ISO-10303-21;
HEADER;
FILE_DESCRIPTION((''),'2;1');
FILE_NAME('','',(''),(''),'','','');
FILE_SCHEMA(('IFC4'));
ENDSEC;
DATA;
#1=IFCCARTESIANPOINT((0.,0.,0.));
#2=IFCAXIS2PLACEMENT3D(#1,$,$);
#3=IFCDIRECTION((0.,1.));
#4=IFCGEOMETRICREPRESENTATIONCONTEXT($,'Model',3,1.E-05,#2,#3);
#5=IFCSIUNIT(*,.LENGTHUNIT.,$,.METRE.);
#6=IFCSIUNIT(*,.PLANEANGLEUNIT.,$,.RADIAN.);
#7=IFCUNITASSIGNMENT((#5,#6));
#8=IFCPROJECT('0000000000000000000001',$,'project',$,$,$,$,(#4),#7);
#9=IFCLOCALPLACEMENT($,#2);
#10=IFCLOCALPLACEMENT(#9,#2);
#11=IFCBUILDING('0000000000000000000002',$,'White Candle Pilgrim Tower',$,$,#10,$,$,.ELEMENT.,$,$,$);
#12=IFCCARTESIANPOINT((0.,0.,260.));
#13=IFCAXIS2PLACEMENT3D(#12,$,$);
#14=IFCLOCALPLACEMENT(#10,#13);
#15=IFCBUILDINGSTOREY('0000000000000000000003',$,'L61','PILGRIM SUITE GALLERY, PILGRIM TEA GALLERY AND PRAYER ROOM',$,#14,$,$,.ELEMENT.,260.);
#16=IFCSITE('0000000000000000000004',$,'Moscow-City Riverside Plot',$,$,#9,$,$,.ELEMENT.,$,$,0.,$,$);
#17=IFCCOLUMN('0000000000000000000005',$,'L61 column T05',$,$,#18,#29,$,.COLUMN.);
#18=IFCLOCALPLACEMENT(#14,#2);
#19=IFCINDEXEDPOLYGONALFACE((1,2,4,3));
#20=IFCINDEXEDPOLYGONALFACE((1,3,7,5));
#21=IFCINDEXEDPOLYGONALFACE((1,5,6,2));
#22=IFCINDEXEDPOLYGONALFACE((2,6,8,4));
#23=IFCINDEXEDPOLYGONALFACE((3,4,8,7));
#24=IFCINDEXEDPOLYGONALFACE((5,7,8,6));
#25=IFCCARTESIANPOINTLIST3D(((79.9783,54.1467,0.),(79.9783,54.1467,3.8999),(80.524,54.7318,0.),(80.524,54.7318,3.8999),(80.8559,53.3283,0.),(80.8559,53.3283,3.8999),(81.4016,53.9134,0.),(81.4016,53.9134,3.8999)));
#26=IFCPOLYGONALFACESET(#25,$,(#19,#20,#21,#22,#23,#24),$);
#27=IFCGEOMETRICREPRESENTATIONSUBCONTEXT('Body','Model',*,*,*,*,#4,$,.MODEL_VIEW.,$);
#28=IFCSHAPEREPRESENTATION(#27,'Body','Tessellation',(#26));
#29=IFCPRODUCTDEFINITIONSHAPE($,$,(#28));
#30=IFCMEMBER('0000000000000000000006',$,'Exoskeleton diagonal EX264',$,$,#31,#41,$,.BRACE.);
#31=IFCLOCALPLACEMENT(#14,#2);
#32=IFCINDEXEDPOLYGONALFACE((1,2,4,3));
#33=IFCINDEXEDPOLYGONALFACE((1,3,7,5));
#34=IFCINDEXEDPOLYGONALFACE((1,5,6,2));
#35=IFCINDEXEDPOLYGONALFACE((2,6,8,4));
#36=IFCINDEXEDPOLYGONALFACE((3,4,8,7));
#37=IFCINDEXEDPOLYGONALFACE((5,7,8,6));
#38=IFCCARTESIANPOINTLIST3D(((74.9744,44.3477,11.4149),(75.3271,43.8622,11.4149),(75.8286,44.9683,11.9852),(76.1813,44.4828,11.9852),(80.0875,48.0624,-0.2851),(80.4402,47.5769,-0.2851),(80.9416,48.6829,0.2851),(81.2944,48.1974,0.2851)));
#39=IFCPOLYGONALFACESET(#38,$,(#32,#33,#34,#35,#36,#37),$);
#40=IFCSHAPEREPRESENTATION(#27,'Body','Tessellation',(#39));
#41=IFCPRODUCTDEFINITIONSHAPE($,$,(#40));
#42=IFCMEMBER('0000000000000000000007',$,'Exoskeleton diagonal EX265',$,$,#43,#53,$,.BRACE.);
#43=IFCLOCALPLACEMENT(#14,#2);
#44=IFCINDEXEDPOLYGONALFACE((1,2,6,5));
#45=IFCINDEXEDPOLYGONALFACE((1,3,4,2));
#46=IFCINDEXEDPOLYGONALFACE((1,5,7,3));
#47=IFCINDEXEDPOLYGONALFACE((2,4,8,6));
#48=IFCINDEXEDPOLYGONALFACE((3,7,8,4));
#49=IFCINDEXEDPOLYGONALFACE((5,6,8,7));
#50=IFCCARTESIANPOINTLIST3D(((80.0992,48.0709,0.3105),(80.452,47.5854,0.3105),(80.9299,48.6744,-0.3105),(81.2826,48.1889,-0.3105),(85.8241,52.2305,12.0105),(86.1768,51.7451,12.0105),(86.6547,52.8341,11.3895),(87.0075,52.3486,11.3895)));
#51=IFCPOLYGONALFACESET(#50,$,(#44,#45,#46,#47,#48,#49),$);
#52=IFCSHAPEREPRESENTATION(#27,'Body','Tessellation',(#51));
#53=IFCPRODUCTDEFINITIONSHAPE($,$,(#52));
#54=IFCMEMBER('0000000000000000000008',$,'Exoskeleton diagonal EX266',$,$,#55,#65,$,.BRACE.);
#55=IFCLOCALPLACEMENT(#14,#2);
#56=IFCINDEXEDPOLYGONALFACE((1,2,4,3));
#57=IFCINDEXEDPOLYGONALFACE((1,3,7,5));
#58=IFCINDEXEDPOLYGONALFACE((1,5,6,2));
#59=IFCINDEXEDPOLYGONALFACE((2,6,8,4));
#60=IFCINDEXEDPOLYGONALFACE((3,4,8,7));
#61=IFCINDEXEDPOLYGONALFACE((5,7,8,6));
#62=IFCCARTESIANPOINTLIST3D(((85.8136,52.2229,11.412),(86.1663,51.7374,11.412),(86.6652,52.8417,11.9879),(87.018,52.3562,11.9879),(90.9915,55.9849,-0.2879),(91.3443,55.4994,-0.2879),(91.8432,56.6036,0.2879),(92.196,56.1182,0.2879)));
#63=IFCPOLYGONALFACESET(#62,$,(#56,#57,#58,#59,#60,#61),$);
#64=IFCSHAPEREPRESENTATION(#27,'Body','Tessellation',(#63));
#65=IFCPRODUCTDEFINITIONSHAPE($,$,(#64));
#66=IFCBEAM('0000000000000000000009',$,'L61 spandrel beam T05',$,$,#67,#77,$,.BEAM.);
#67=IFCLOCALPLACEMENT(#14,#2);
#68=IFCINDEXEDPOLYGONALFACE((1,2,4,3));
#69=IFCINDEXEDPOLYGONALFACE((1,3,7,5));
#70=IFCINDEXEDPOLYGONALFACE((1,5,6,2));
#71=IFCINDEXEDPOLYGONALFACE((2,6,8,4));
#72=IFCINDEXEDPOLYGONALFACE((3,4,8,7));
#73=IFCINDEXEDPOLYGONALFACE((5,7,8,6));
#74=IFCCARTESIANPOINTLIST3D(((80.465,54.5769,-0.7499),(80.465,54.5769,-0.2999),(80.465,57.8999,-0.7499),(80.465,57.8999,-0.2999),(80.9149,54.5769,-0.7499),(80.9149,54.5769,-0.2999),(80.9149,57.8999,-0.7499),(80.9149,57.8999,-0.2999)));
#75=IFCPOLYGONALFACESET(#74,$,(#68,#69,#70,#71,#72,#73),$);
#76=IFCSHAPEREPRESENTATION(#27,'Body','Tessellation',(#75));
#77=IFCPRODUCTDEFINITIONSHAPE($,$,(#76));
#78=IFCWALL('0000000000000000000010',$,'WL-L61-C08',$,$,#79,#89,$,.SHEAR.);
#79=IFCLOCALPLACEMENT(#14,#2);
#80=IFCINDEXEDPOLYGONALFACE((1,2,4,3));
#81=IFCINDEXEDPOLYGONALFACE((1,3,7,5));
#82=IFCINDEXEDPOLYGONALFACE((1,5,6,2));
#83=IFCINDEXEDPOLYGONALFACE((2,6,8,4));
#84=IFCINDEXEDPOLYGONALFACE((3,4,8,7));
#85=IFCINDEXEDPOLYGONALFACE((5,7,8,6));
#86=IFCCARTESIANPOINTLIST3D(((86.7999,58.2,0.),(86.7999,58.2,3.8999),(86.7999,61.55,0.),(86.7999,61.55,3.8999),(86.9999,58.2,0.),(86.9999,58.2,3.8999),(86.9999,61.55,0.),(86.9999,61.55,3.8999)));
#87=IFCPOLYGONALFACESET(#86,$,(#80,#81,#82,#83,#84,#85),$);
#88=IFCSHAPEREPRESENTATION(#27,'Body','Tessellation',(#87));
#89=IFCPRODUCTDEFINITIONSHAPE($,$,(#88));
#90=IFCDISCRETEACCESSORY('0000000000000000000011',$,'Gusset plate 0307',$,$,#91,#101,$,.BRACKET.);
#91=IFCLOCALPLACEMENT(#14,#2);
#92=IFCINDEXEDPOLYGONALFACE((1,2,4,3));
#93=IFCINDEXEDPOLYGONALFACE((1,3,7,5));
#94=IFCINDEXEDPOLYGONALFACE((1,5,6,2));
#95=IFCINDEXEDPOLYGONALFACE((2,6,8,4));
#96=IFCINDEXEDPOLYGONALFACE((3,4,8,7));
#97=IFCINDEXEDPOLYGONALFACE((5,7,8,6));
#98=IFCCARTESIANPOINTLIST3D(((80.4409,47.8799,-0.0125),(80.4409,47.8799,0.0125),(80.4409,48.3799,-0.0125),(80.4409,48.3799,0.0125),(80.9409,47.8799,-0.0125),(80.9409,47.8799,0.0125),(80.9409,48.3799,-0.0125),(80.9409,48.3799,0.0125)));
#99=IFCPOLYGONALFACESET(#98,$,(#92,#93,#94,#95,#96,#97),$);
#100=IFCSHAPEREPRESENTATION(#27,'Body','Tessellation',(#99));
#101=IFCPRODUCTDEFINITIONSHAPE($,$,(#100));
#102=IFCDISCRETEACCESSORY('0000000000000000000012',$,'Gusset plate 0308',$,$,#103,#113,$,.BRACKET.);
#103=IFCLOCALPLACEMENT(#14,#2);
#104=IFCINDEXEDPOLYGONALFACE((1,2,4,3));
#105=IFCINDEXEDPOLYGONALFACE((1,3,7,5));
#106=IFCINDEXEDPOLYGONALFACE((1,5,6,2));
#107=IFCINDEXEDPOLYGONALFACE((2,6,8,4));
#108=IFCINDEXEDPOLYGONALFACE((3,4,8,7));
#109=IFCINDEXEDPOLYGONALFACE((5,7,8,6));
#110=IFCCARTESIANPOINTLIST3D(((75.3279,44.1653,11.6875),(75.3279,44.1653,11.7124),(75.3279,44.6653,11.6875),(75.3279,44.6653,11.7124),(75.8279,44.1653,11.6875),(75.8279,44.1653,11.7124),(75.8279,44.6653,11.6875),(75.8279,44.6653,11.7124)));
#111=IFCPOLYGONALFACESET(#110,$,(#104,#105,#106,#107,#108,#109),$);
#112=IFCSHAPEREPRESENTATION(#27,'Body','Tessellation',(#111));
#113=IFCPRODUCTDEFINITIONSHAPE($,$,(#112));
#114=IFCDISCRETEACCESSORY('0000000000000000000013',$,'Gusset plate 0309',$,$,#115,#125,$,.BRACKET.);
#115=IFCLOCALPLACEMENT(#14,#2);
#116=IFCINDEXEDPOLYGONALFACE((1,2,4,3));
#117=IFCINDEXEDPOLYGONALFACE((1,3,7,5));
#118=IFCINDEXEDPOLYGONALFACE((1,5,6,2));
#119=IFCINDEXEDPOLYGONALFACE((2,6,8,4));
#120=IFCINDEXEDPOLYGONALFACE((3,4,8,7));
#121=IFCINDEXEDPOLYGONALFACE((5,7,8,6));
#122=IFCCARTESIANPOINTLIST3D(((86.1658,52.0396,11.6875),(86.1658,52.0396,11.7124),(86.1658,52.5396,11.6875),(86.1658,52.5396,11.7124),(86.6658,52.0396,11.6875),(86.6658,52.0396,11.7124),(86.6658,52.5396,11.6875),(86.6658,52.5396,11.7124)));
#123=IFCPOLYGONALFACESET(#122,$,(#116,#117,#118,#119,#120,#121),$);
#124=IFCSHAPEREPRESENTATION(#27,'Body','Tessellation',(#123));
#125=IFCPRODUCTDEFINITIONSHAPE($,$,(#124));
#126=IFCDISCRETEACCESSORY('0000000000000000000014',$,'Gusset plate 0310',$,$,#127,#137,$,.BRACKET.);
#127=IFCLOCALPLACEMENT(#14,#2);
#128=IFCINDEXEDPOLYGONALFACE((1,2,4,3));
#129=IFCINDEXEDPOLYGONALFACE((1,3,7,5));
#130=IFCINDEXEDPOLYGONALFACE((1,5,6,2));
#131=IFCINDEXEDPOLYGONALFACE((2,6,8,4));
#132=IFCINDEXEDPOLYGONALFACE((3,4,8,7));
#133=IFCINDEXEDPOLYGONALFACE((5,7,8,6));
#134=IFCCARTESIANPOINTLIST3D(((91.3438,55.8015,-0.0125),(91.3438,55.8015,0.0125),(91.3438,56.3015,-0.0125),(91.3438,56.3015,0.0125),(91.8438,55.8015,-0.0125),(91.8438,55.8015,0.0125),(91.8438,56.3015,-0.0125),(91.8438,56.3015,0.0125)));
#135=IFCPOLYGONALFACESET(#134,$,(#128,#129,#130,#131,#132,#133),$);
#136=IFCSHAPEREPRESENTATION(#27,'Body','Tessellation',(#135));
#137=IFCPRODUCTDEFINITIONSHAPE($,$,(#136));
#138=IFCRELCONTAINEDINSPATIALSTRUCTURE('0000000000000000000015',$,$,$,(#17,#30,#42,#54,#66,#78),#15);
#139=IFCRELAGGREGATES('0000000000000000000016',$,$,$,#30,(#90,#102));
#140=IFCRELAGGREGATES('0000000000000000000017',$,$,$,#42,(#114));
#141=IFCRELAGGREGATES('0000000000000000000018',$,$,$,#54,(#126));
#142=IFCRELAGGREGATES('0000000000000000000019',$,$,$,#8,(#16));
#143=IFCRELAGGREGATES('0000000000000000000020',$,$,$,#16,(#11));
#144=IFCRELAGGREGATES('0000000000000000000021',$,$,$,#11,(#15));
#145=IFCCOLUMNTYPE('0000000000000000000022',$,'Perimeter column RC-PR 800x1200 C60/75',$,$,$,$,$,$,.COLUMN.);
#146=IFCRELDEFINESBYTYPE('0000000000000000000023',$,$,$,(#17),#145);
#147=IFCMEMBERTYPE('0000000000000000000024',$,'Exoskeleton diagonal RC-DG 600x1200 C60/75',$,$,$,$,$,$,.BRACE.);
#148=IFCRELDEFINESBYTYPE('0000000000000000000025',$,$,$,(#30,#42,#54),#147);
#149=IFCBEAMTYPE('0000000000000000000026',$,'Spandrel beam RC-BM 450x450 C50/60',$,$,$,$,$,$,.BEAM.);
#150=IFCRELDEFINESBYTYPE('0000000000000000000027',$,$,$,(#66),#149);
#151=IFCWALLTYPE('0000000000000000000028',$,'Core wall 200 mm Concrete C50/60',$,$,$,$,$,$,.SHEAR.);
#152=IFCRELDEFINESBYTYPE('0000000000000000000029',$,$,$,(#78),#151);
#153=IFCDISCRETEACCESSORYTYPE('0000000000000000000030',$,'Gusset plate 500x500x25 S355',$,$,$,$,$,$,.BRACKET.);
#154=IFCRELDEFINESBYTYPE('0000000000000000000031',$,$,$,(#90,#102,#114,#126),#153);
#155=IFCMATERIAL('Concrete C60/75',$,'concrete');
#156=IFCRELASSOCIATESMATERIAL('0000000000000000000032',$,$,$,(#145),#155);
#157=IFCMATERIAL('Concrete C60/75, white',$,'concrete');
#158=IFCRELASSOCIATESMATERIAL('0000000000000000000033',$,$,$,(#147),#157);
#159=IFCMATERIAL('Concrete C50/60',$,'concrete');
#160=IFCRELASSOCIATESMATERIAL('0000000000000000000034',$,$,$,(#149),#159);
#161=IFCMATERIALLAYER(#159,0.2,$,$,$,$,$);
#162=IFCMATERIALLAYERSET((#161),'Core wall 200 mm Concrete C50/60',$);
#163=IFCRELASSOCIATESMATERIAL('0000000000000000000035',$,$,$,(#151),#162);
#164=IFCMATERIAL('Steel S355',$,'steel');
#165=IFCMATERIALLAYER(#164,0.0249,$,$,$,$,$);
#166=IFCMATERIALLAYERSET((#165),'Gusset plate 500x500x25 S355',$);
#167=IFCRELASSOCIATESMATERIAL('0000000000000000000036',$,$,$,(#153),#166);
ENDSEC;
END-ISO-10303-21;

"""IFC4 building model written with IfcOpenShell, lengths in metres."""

from ifc_helpers import new_model, si_unit, direction, frame, frame_2d, origin, origin_2d, place, context, subcontext, project, spatial, rectangle, extrude, material, layer, layer_set, material_profile, profile_set, type_object, element, aggregate, save


model = new_model("IFC4")

# Units and contexts
model_context = context("Model", 3, precision=1e-05, world=origin(), true_north=direction((0.0, 1.0)))
body_context = subcontext(model_context, "Body", "Model", "MODEL_VIEW")
ifc_project = project(units=[si_unit("LENGTHUNIT", "METRE"), si_unit("PLANEANGLEUNIT", "RADIAN")], contexts=[model_context])

# Site, building, storey
site_placement = place(None, origin())
site = spatial("IfcSite", under=ifc_project, at=site_placement, Name="Moscow-City Riverside Plot", CompositionType="ELEMENT", RefElevation=0.0)
building_placement = place(site_placement, origin())
building = spatial("IfcBuilding", under=site, at=building_placement, Name="White Candle Pilgrim Tower", CompositionType="ELEMENT")
storey_placement = place(building_placement, frame((0.0, 0.0, 260.0)))
storey = spatial("IfcBuildingStorey", under=building, at=storey_placement, Name="L61", Description="PILGRIM SUITE GALLERY, PILGRIM TEA GALLERY AND PRAYER ROOM", CompositionType="ELEMENT", Elevation=260.0)

# Column
ifc_material_1 = material(Name="Concrete C60/75", Category="concrete")
ifc_material_profile_1 = material_profile(ifc_material_1, rectangle(XDim=0.8, YDim=1.2, at=origin_2d()), Name="RC-PR 800x1200")
ifc_profile_set_1 = profile_set([ifc_material_profile_1], Name="Concrete C60/75")
column_type = type_object("IfcColumnType", Name="Perimeter column RC-PR 800x1200 C60/75", PredefinedType="COLUMN", material=ifc_profile_set_1)
column_placement = place(storey_placement, frame((80.6899, 54.03, 0.0), z_axis=(0.0, 0.0, 1.0), x_axis=(-0.681998, -0.731354, 0.0)))
element("IfcColumn", 1, at=column_placement, inside=storey, type_object=column_type, Name="L61 column T05", PredefinedType="COLUMN", context=body_context, shape_type="SweptSolid", body=[
    extrude(rectangle(XDim=0.8, YDim=1.2, at=origin_2d()), origin(), (0.0, 0.0, 1.0), 3.8999),
])

# Members
ifc_material_2 = material(Name="Concrete C60/75, white", Category="concrete")
ifc_material_profile_2 = material_profile(ifc_material_2, rectangle(XDim=0.6001, YDim=1.2, at=origin_2d()), Name="RC-DG 600x1200")
ifc_profile_set_2 = profile_set([ifc_material_profile_2], Name="Concrete C60/75, white")
member_type = type_object("IfcMemberType", Name="Exoskeleton diagonal RC-DG 600x1200 C60/75", PredefinedType="BRACE", material=ifc_profile_set_2)
member_1_placement = place(storey_placement, frame((80.6909, 48.1299, 0.0), z_axis=(-0.384504, -0.27934, 0.879844), x_axis=(0.58776, -0.809035, 0.0)))
member_1 = element("IfcMember", 2, at=member_1_placement, inside=storey, type_object=member_type, Name="Exoskeleton diagonal EX264", PredefinedType="BRACE", context=body_context, shape_type="SweptSolid", body=[
    extrude(rectangle(XDim=0.6001, YDim=1.2, at=origin_2d()), origin(), (0.0, 0.0, 1.0), 13.2979),
])
member_2_placement = place(storey_placement, frame((80.6909, 48.1299, 0.0), z_axis=(0.418681, 0.304213, 0.855664), x_axis=(-0.587815, 0.808996, 0.0)))
member_2 = element("IfcMember", 3, at=member_2_placement, inside=storey, type_object=member_type, Name="Exoskeleton diagonal EX265", PredefinedType="BRACE", context=body_context, shape_type="SweptSolid", body=[
    extrude(rectangle(XDim=0.6001, YDim=1.2, at=origin_2d()), origin(), (0.0, 0.0, 1.0), 13.6736),
])
member_3_placement = place(storey_placement, frame((91.5938, 56.0515, 0.0), z_axis=(-0.388267, -0.282088, 0.877312), x_axis=(0.587779, -0.809021, 0.0)))
member_3 = element("IfcMember", 4, at=member_3_placement, inside=storey, type_object=member_type, Name="Exoskeleton diagonal EX266", PredefinedType="BRACE", context=body_context, shape_type="SweptSolid", body=[
    extrude(rectangle(XDim=0.6001, YDim=1.2, at=origin_2d()), origin(), (0.0, 0.0, 1.0), 13.3362),
])

# Beam
ifc_material_3 = material(Name="Concrete C50/60", Category="concrete")
ifc_material_profile_3 = material_profile(ifc_material_3, rectangle(XDim=0.45, YDim=0.45, at=origin_2d()), Name="RC-BM 450x450")
ifc_profile_set_3 = profile_set([ifc_material_profile_3], Name="Concrete C50/60")
beam_type = type_object("IfcBeamType", Name="Spandrel beam RC-BM 450x450 C50/60", PredefinedType="BEAM", material=ifc_profile_set_3)
beam_placement = place(storey_placement, frame((80.6899, 54.5769, -0.5249), z_axis=(0.0, 1.0, 0.0), x_axis=(-1.0, 0.0, 0.0)))
element("IfcBeam", 5, at=beam_placement, inside=storey, type_object=beam_type, Name="L61 spandrel beam T05", PredefinedType="BEAM", context=body_context, shape_type="SweptSolid", body=[
    extrude(rectangle(XDim=0.45, YDim=0.45, at=origin_2d()), origin(), (0.0, 0.0, 1.0), 3.323),
])

# Wall
ifc_layer_1 = layer(ifc_material_3, 0.2)
ifc_layer_set_1 = layer_set([ifc_layer_1], Name="Core wall 200 mm Concrete C50/60")
wall_type_1 = type_object("IfcWallType", Name="Core wall 200 mm Concrete C50/60", PredefinedType="SHEAR", material=ifc_layer_set_1)
wall_1_placement = place(storey_placement, frame((86.8999, 58.2, 0.0), z_axis=(0.0, 0.0, 1.0), x_axis=(0.0, 1.0, 0.0)))
element("IfcWall", 6, at=wall_1_placement, inside=storey, type_object=wall_type_1, Name="WL-L61-C08", PredefinedType="SHEAR", context=body_context, shape_type="SweptSolid", body=[
    extrude(rectangle(XDim=3.3501, YDim=0.2, at=frame_2d((1.675, 0.0))), origin(), (0.0, 0.0, 1.0), 3.8999),
])

# Discrete accessories
ifc_material_4 = material(Name="Steel S355", Category="steel")
ifc_layer_2 = layer(ifc_material_4, 0.0249)
ifc_layer_set_2 = layer_set([ifc_layer_2], Name="Gusset plate 500x500x25 S355")
discrete_accessory_type = type_object("IfcDiscreteAccessoryType", Name="Gusset plate 500x500x25 S355", PredefinedType="BRACKET", material=ifc_layer_set_2)
discrete_accessory_1_placement = place(storey_placement, frame((80.6909, 48.1299, -0.0125), z_axis=(0.0, 0.0, 1.0), x_axis=(1.0, 0.0, 0.0)))
discrete_accessory_1 = element("IfcDiscreteAccessory", 7, at=discrete_accessory_1_placement, type_object=discrete_accessory_type, Name="Gusset plate 0307", PredefinedType="BRACKET", context=body_context, shape_type="SweptSolid", body=[
    extrude(rectangle(XDim=0.5, YDim=0.5, at=origin_2d()), origin(), (0.0, 0.0, 1.0), 0.0249),
])
placement = place(building_placement, frame((0.0, 0.0, 271.7)))
discrete_accessory_2_placement = place(placement, frame((75.5779, 44.4153, -0.0125), z_axis=(0.0, 0.0, 1.0), x_axis=(1.0, 0.0, 0.0)))
discrete_accessory_2 = element("IfcDiscreteAccessory", 8, at=discrete_accessory_2_placement, type_object=discrete_accessory_type, Name="Gusset plate 0308", PredefinedType="BRACKET", context=body_context, shape_type="SweptSolid", body=[
    extrude(rectangle(XDim=0.5, YDim=0.5, at=origin_2d()), origin(), (0.0, 0.0, 1.0), 0.0249),
])
aggregate(member_1, [discrete_accessory_1, discrete_accessory_2])
discrete_accessory_3_placement = place(placement, frame((86.4158, 52.2896, -0.0125), z_axis=(0.0, 0.0, 1.0), x_axis=(1.0, 0.0, 0.0)))
discrete_accessory_3 = element("IfcDiscreteAccessory", 9, at=discrete_accessory_3_placement, type_object=discrete_accessory_type, Name="Gusset plate 0309", PredefinedType="BRACKET", context=body_context, shape_type="SweptSolid", body=[
    extrude(rectangle(XDim=0.5, YDim=0.5, at=origin_2d()), origin(), (0.0, 0.0, 1.0), 0.0249),
])
aggregate(member_2, [discrete_accessory_3])
discrete_accessory_4_placement = place(storey_placement, frame((91.5938, 56.0515, -0.0125), z_axis=(0.0, 0.0, 1.0), x_axis=(1.0, 0.0, 0.0)))
discrete_accessory_4 = element("IfcDiscreteAccessory", 10, at=discrete_accessory_4_placement, type_object=discrete_accessory_type, Name="Gusset plate 0310", PredefinedType="BRACKET", context=body_context, shape_type="SweptSolid", body=[
    extrude(rectangle(XDim=0.5, YDim=0.5, at=origin_2d()), origin(), (0.0, 0.0, 1.0), 0.0249),
])
aggregate(member_3, [discrete_accessory_4])

save(model, "model.ifc")
